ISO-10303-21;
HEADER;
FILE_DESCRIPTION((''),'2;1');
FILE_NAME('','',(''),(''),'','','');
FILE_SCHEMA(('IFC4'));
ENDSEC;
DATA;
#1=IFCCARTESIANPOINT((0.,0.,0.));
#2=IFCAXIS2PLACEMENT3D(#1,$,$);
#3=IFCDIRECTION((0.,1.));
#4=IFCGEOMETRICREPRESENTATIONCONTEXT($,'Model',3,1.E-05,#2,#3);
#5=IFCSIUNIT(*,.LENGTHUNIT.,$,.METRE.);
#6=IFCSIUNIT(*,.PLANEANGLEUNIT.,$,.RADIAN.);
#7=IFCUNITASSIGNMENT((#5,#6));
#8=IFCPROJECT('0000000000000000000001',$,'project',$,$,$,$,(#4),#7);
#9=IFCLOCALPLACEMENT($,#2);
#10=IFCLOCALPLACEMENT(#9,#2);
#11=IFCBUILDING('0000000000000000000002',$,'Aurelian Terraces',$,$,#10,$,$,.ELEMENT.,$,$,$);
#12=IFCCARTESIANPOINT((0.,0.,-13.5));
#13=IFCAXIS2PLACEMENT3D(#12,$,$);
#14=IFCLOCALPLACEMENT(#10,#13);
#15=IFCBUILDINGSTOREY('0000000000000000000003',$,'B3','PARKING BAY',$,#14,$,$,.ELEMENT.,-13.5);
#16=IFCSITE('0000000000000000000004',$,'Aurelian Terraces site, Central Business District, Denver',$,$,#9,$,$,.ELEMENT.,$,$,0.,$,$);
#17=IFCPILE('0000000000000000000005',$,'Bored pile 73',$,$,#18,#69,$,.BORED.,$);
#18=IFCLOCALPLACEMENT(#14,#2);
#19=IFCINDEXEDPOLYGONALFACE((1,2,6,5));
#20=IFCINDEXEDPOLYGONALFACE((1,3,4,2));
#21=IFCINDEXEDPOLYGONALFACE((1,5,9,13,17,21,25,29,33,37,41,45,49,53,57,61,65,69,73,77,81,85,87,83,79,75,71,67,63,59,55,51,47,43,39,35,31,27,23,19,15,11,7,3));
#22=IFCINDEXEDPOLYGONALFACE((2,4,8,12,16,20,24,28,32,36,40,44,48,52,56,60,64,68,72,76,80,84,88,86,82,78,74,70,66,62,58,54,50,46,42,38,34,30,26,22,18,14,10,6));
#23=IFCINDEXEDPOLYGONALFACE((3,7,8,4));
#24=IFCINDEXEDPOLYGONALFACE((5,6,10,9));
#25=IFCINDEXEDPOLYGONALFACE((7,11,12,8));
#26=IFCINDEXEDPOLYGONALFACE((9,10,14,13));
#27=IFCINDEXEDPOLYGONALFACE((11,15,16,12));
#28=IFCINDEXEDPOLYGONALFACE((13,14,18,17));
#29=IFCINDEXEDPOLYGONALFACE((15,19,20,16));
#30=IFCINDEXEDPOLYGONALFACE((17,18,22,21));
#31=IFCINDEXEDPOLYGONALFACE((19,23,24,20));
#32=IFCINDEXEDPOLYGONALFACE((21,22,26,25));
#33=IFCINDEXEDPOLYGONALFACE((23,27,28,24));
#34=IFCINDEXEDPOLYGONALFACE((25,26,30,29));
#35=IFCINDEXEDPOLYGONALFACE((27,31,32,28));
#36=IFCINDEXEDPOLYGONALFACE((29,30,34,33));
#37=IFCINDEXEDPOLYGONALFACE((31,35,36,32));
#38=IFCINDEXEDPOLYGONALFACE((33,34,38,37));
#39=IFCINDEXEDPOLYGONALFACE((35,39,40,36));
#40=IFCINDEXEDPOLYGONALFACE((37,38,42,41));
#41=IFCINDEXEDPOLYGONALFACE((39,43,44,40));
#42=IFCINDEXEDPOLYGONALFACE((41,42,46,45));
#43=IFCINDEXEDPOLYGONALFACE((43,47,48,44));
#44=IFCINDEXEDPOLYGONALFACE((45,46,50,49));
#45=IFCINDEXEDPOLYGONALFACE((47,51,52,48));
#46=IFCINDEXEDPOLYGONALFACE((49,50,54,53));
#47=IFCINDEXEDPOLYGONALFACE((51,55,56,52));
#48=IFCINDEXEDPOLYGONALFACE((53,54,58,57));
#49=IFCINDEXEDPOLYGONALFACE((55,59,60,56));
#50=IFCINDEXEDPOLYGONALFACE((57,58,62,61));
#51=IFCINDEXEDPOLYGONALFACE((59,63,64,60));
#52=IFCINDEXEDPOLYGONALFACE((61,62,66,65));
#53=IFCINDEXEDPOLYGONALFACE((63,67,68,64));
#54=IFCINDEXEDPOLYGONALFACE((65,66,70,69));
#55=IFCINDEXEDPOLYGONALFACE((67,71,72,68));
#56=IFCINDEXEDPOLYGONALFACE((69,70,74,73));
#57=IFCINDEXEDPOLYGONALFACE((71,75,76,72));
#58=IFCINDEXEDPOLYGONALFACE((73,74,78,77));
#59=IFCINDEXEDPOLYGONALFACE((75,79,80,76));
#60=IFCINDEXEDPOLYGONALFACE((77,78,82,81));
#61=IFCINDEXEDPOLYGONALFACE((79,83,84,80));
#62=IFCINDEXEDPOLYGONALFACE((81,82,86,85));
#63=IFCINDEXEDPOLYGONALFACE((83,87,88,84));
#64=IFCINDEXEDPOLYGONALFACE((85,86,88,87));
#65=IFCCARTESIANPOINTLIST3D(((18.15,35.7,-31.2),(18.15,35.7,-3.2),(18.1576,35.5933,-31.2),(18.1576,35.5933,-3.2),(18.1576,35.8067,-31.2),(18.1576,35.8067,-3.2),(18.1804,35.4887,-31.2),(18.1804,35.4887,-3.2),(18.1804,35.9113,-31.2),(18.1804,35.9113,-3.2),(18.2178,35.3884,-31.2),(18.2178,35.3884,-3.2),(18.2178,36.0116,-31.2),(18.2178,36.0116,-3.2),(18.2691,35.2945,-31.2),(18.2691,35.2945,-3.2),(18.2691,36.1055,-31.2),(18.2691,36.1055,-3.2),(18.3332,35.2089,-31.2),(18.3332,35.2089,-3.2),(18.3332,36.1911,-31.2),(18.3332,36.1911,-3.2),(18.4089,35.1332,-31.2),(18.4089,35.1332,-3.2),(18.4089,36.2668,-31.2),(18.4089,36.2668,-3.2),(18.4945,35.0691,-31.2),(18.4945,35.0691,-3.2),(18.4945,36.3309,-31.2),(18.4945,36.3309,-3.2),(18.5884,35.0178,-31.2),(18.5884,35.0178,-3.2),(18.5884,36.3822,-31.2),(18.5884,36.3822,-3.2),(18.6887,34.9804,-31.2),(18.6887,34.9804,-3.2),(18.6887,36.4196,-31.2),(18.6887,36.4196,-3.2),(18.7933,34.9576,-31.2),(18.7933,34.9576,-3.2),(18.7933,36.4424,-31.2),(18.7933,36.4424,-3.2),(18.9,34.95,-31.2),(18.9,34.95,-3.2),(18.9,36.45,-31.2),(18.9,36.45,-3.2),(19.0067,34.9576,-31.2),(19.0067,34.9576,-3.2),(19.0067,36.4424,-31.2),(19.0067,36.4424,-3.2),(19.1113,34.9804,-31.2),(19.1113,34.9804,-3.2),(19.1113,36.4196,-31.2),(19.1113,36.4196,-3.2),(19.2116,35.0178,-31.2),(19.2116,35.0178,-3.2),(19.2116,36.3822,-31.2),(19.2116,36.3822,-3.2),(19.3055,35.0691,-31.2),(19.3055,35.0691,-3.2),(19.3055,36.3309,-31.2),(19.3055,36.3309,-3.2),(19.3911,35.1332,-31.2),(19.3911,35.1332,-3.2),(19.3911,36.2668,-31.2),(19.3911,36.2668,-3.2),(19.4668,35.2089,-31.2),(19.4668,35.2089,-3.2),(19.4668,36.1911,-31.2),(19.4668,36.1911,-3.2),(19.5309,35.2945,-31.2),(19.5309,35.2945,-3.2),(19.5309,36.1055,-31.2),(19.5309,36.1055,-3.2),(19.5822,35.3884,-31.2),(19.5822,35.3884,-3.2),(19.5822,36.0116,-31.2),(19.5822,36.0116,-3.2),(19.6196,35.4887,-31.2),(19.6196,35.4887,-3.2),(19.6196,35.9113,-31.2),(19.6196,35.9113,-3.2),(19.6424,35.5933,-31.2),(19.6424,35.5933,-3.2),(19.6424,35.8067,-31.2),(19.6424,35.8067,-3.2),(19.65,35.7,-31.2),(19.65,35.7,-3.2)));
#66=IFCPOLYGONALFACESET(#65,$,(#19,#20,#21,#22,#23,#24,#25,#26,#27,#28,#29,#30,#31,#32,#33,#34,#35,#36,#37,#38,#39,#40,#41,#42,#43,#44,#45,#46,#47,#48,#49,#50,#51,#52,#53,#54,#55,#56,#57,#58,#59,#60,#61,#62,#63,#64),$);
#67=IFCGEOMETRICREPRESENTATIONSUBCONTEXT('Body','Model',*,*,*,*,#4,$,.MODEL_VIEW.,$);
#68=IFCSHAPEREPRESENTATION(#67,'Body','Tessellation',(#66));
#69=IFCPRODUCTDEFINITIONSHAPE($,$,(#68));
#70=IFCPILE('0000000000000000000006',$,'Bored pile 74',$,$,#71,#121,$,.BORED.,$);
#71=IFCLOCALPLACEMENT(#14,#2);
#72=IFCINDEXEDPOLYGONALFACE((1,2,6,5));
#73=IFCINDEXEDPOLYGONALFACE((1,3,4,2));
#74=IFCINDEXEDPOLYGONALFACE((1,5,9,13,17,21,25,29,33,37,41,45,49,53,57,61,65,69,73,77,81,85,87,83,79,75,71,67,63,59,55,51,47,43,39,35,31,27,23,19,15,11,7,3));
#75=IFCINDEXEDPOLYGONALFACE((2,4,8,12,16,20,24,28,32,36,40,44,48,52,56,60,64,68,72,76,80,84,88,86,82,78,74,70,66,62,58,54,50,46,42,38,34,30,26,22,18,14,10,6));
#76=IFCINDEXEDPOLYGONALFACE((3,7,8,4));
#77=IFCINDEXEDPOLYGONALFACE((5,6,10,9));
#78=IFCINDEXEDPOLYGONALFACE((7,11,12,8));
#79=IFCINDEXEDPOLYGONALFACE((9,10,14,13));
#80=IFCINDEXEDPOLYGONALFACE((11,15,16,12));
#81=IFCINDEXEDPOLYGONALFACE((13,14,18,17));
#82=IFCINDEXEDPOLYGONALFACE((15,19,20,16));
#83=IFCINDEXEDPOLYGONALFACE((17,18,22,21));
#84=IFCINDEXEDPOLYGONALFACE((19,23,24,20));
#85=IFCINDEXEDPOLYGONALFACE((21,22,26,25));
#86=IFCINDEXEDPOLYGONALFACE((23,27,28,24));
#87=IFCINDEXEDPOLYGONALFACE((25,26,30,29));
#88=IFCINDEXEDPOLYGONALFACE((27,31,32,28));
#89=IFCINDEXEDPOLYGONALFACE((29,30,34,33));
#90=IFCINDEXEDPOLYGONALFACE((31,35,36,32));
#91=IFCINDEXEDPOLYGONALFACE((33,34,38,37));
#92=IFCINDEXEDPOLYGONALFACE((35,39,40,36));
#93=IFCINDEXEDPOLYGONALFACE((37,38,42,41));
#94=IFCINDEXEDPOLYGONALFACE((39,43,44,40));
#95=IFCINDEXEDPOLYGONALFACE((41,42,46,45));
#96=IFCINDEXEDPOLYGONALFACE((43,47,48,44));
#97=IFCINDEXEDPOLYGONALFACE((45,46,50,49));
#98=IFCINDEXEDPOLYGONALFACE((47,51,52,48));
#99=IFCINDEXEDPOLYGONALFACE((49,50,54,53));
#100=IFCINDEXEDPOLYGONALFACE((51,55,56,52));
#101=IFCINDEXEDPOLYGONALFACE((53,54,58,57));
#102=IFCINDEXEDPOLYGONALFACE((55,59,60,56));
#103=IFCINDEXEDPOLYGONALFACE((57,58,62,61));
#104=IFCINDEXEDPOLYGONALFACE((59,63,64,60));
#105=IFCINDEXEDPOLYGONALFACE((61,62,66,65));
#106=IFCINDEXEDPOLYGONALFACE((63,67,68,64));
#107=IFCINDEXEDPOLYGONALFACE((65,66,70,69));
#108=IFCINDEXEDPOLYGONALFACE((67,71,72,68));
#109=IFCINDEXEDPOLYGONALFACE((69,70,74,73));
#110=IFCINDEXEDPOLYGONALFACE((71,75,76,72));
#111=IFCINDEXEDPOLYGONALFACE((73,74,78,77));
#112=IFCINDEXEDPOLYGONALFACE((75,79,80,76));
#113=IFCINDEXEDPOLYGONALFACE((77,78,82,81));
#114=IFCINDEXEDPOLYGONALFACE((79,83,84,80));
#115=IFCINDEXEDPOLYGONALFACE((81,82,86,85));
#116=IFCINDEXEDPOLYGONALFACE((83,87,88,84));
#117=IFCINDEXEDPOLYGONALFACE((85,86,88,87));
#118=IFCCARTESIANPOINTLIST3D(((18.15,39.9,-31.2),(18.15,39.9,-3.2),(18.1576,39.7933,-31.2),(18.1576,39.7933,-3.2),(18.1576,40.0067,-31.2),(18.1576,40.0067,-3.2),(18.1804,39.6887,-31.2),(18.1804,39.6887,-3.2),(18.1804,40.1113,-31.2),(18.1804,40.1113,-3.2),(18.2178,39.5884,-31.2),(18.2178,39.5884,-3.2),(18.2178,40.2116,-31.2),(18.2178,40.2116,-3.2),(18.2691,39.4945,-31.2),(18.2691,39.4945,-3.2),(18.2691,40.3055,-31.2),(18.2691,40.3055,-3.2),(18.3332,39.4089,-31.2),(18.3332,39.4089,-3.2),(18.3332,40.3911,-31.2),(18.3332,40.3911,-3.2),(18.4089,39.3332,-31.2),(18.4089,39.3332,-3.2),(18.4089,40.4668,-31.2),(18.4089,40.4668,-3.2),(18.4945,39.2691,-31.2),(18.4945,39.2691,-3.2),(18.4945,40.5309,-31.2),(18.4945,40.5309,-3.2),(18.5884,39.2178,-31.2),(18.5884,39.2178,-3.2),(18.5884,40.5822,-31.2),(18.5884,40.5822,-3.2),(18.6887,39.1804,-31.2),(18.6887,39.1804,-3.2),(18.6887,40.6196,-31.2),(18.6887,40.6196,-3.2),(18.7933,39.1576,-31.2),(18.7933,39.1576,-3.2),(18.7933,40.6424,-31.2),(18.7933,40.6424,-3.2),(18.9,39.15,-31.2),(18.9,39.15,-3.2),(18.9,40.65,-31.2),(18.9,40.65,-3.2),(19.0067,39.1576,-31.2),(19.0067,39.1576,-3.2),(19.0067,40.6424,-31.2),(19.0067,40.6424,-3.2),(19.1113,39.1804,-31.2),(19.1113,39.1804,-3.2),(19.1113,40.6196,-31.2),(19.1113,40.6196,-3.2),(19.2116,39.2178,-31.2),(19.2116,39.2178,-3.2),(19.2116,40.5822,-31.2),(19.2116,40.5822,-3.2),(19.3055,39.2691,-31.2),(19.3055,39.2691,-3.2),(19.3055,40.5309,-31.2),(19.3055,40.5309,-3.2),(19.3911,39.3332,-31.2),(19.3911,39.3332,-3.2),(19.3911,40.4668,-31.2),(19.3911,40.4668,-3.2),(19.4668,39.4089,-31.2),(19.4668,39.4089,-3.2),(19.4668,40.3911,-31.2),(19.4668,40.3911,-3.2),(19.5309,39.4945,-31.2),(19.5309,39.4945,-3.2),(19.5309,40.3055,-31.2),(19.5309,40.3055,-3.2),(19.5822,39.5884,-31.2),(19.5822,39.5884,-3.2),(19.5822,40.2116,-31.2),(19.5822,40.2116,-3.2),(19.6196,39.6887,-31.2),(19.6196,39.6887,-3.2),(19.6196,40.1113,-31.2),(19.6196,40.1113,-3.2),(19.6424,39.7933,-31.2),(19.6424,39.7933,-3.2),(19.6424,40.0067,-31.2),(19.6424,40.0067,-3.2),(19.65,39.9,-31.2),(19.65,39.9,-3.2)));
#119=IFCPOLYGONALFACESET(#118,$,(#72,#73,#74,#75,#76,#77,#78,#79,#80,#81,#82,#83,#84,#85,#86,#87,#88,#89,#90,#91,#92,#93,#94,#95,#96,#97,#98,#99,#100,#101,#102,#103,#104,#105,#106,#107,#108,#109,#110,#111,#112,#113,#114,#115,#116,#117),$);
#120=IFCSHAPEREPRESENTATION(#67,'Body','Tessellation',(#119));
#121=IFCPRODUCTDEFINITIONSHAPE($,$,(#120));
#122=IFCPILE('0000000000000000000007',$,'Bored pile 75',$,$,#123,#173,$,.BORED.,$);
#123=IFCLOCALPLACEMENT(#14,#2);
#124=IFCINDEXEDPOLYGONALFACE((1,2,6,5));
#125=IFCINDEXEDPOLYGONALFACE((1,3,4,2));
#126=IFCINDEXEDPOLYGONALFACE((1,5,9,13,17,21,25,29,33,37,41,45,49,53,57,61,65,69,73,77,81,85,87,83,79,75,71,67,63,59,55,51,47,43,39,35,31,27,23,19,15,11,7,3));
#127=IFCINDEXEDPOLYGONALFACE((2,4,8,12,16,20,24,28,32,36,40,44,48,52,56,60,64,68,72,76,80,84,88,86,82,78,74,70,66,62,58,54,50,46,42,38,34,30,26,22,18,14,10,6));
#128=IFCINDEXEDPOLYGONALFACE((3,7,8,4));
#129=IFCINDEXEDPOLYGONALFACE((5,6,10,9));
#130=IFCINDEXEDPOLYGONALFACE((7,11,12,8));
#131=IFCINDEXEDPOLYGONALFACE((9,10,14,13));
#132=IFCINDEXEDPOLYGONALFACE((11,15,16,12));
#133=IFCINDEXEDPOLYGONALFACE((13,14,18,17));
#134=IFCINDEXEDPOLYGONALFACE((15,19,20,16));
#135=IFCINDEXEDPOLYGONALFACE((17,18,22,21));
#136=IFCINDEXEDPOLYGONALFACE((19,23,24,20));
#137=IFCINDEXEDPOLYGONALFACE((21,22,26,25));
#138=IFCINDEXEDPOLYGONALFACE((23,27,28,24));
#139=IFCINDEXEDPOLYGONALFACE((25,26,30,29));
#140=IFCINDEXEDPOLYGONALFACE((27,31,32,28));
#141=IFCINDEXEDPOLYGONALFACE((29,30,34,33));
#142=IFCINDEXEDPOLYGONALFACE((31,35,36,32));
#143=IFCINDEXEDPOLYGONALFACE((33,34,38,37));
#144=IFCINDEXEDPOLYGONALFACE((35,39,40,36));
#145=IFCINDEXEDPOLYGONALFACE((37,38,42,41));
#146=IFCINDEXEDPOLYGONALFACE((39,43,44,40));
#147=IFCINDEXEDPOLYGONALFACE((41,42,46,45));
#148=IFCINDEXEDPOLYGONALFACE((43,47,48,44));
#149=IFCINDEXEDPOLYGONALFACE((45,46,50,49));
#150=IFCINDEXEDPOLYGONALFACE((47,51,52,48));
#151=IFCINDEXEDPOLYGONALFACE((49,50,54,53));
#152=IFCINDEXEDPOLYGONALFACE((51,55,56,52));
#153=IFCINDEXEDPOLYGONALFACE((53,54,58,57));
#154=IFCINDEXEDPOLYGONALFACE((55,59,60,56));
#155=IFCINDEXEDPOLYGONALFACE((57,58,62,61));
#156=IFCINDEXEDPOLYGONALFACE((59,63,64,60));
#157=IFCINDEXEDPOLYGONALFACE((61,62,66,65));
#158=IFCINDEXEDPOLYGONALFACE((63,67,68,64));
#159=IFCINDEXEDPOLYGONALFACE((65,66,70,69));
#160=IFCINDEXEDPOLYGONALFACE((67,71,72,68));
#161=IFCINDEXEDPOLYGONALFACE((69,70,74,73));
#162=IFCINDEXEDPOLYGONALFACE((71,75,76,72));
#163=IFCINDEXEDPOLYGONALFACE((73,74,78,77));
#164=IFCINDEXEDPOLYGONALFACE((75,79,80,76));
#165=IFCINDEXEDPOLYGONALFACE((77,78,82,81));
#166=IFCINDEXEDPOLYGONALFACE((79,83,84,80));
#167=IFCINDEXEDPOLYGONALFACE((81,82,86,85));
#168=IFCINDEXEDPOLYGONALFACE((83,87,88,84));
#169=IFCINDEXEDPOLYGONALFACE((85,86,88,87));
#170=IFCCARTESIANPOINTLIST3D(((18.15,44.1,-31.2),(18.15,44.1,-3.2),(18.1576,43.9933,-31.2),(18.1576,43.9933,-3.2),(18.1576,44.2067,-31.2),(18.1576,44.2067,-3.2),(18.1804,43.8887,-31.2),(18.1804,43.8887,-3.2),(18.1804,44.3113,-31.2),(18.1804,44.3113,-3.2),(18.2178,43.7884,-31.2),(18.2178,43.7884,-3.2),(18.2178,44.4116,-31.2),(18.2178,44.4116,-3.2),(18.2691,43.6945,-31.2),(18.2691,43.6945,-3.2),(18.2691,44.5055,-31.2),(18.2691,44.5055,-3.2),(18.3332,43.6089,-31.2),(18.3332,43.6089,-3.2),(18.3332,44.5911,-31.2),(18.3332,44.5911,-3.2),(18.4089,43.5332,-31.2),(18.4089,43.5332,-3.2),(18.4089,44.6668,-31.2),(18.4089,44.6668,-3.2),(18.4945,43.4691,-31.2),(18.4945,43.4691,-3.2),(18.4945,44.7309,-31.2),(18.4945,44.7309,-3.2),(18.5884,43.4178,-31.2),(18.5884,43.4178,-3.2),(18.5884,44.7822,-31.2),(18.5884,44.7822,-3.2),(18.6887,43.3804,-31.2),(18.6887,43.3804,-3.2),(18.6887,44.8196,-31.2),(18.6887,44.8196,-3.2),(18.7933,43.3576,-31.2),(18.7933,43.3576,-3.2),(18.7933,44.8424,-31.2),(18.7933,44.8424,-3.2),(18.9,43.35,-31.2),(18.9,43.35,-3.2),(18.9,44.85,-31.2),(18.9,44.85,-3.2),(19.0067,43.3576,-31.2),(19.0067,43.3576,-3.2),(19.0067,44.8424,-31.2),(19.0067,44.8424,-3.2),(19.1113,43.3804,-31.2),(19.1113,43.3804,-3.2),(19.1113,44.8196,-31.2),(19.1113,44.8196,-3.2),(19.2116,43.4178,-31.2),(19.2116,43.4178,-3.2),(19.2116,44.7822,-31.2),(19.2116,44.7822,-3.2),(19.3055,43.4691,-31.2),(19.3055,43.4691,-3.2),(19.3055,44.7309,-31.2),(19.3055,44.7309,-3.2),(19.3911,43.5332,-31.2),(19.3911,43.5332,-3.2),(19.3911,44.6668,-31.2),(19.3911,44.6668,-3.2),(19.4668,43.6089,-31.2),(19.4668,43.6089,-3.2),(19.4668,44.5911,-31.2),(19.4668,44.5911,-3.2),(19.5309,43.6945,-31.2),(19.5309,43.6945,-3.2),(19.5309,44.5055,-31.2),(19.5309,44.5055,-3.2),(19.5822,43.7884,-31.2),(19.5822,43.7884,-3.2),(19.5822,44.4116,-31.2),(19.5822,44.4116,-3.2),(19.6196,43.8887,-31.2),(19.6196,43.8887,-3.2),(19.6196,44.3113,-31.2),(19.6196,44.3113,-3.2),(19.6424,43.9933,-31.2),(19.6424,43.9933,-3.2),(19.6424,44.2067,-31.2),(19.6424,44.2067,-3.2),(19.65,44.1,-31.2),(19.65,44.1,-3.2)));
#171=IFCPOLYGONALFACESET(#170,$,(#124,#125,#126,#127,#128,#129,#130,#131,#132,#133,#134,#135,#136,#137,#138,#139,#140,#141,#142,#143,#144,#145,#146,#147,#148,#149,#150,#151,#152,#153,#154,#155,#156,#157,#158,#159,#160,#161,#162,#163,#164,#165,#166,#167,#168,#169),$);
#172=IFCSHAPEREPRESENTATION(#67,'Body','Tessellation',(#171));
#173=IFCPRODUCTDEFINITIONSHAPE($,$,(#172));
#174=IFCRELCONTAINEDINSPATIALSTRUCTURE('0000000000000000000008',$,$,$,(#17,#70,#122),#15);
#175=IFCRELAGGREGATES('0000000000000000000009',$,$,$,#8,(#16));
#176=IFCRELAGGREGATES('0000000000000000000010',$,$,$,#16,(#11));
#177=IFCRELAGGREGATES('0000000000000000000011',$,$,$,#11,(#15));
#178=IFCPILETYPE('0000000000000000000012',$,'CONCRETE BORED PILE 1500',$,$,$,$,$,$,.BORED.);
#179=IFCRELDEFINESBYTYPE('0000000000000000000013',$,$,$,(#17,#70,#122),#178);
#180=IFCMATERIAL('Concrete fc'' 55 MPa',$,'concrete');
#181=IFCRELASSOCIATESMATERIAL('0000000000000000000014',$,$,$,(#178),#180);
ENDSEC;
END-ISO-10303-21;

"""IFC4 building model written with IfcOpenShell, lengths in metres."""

from ifc_helpers import new_model, si_unit, direction, frame, origin, origin_2d, place, context, subcontext, project, spatial, circle, extrude, source, transform, mapped, material, material_profile, profile_set, type_object, element, save


model = new_model("IFC4")

# Units and contexts
model_context = context("Model", 3, precision=1e-05, world=origin(), true_north=direction((0.0, 1.0)))
body_context = subcontext(model_context, "Body", "Model", "MODEL_VIEW")
ifc_project = project(units=[si_unit("LENGTHUNIT", "METRE"), si_unit("PLANEANGLEUNIT", "RADIAN")], contexts=[model_context])

# Site, building, storey
site_placement = place(None, origin())
site = spatial("IfcSite", under=ifc_project, at=site_placement, Name="Aurelian Terraces site, Central Business District, Denver", CompositionType="ELEMENT", RefElevation=0.0)
building_placement = place(site_placement, origin())
building = spatial("IfcBuilding", under=site, at=building_placement, Name="Aurelian Terraces", CompositionType="ELEMENT")
storey_placement = place(building_placement, frame((0.0, 0.0, -13.5)))
storey = spatial("IfcBuildingStorey", under=building, at=storey_placement, Name="B3", Description="PARKING BAY", CompositionType="ELEMENT", Elevation=-13.5)

# Piles
ifc_material_1 = material(Name="Concrete fc' 55 MPa", Category="concrete")
ifc_material_profile_1 = material_profile(ifc_material_1, circle(Radius=0.75, at=origin_2d()))
ifc_profile_set_1 = profile_set([ifc_material_profile_1], Name="Concrete fc' 55 MPa")
pile_type = type_object("IfcPileType", Name="CONCRETE BORED PILE 1500", PredefinedType="BORED", material=ifc_profile_set_1)
shared_shape_1 = source(origin(), body_context, "Body", "SweptSolid", [
    extrude(circle(Radius=0.75, at=origin_2d()), origin(), (0.0, 0.0, 1.0), 28.0),
])
for number, where, z_axis, x_axis, name in (
    (1, (18.9, 35.7, -3.2), (0.0, 0.0, -1.0), (1.0, 0.0, 0.0), "Bored pile 73"),
    (2, (18.9, 39.9, -3.2), (0.0, 0.0, -1.0), (1.0, 0.0, 0.0), "Bored pile 74"),
    (3, (18.9, 44.1, -3.2), (0.0, 0.0, -1.0), (1.0, 0.0, 0.0), "Bored pile 75"),
):
    element("IfcPile", number, at=place(storey_placement, frame(where, z_axis=z_axis, x_axis=x_axis)), inside=storey, type_object=pile_type, Name=name, PredefinedType="BORED", context=body_context, shape_type="MappedRepresentation", body=[
        mapped(shared_shape_1, transform((0.0, 0.0, 0.0), scale=1.0)),
    ])

save(model, "model.ifc")
